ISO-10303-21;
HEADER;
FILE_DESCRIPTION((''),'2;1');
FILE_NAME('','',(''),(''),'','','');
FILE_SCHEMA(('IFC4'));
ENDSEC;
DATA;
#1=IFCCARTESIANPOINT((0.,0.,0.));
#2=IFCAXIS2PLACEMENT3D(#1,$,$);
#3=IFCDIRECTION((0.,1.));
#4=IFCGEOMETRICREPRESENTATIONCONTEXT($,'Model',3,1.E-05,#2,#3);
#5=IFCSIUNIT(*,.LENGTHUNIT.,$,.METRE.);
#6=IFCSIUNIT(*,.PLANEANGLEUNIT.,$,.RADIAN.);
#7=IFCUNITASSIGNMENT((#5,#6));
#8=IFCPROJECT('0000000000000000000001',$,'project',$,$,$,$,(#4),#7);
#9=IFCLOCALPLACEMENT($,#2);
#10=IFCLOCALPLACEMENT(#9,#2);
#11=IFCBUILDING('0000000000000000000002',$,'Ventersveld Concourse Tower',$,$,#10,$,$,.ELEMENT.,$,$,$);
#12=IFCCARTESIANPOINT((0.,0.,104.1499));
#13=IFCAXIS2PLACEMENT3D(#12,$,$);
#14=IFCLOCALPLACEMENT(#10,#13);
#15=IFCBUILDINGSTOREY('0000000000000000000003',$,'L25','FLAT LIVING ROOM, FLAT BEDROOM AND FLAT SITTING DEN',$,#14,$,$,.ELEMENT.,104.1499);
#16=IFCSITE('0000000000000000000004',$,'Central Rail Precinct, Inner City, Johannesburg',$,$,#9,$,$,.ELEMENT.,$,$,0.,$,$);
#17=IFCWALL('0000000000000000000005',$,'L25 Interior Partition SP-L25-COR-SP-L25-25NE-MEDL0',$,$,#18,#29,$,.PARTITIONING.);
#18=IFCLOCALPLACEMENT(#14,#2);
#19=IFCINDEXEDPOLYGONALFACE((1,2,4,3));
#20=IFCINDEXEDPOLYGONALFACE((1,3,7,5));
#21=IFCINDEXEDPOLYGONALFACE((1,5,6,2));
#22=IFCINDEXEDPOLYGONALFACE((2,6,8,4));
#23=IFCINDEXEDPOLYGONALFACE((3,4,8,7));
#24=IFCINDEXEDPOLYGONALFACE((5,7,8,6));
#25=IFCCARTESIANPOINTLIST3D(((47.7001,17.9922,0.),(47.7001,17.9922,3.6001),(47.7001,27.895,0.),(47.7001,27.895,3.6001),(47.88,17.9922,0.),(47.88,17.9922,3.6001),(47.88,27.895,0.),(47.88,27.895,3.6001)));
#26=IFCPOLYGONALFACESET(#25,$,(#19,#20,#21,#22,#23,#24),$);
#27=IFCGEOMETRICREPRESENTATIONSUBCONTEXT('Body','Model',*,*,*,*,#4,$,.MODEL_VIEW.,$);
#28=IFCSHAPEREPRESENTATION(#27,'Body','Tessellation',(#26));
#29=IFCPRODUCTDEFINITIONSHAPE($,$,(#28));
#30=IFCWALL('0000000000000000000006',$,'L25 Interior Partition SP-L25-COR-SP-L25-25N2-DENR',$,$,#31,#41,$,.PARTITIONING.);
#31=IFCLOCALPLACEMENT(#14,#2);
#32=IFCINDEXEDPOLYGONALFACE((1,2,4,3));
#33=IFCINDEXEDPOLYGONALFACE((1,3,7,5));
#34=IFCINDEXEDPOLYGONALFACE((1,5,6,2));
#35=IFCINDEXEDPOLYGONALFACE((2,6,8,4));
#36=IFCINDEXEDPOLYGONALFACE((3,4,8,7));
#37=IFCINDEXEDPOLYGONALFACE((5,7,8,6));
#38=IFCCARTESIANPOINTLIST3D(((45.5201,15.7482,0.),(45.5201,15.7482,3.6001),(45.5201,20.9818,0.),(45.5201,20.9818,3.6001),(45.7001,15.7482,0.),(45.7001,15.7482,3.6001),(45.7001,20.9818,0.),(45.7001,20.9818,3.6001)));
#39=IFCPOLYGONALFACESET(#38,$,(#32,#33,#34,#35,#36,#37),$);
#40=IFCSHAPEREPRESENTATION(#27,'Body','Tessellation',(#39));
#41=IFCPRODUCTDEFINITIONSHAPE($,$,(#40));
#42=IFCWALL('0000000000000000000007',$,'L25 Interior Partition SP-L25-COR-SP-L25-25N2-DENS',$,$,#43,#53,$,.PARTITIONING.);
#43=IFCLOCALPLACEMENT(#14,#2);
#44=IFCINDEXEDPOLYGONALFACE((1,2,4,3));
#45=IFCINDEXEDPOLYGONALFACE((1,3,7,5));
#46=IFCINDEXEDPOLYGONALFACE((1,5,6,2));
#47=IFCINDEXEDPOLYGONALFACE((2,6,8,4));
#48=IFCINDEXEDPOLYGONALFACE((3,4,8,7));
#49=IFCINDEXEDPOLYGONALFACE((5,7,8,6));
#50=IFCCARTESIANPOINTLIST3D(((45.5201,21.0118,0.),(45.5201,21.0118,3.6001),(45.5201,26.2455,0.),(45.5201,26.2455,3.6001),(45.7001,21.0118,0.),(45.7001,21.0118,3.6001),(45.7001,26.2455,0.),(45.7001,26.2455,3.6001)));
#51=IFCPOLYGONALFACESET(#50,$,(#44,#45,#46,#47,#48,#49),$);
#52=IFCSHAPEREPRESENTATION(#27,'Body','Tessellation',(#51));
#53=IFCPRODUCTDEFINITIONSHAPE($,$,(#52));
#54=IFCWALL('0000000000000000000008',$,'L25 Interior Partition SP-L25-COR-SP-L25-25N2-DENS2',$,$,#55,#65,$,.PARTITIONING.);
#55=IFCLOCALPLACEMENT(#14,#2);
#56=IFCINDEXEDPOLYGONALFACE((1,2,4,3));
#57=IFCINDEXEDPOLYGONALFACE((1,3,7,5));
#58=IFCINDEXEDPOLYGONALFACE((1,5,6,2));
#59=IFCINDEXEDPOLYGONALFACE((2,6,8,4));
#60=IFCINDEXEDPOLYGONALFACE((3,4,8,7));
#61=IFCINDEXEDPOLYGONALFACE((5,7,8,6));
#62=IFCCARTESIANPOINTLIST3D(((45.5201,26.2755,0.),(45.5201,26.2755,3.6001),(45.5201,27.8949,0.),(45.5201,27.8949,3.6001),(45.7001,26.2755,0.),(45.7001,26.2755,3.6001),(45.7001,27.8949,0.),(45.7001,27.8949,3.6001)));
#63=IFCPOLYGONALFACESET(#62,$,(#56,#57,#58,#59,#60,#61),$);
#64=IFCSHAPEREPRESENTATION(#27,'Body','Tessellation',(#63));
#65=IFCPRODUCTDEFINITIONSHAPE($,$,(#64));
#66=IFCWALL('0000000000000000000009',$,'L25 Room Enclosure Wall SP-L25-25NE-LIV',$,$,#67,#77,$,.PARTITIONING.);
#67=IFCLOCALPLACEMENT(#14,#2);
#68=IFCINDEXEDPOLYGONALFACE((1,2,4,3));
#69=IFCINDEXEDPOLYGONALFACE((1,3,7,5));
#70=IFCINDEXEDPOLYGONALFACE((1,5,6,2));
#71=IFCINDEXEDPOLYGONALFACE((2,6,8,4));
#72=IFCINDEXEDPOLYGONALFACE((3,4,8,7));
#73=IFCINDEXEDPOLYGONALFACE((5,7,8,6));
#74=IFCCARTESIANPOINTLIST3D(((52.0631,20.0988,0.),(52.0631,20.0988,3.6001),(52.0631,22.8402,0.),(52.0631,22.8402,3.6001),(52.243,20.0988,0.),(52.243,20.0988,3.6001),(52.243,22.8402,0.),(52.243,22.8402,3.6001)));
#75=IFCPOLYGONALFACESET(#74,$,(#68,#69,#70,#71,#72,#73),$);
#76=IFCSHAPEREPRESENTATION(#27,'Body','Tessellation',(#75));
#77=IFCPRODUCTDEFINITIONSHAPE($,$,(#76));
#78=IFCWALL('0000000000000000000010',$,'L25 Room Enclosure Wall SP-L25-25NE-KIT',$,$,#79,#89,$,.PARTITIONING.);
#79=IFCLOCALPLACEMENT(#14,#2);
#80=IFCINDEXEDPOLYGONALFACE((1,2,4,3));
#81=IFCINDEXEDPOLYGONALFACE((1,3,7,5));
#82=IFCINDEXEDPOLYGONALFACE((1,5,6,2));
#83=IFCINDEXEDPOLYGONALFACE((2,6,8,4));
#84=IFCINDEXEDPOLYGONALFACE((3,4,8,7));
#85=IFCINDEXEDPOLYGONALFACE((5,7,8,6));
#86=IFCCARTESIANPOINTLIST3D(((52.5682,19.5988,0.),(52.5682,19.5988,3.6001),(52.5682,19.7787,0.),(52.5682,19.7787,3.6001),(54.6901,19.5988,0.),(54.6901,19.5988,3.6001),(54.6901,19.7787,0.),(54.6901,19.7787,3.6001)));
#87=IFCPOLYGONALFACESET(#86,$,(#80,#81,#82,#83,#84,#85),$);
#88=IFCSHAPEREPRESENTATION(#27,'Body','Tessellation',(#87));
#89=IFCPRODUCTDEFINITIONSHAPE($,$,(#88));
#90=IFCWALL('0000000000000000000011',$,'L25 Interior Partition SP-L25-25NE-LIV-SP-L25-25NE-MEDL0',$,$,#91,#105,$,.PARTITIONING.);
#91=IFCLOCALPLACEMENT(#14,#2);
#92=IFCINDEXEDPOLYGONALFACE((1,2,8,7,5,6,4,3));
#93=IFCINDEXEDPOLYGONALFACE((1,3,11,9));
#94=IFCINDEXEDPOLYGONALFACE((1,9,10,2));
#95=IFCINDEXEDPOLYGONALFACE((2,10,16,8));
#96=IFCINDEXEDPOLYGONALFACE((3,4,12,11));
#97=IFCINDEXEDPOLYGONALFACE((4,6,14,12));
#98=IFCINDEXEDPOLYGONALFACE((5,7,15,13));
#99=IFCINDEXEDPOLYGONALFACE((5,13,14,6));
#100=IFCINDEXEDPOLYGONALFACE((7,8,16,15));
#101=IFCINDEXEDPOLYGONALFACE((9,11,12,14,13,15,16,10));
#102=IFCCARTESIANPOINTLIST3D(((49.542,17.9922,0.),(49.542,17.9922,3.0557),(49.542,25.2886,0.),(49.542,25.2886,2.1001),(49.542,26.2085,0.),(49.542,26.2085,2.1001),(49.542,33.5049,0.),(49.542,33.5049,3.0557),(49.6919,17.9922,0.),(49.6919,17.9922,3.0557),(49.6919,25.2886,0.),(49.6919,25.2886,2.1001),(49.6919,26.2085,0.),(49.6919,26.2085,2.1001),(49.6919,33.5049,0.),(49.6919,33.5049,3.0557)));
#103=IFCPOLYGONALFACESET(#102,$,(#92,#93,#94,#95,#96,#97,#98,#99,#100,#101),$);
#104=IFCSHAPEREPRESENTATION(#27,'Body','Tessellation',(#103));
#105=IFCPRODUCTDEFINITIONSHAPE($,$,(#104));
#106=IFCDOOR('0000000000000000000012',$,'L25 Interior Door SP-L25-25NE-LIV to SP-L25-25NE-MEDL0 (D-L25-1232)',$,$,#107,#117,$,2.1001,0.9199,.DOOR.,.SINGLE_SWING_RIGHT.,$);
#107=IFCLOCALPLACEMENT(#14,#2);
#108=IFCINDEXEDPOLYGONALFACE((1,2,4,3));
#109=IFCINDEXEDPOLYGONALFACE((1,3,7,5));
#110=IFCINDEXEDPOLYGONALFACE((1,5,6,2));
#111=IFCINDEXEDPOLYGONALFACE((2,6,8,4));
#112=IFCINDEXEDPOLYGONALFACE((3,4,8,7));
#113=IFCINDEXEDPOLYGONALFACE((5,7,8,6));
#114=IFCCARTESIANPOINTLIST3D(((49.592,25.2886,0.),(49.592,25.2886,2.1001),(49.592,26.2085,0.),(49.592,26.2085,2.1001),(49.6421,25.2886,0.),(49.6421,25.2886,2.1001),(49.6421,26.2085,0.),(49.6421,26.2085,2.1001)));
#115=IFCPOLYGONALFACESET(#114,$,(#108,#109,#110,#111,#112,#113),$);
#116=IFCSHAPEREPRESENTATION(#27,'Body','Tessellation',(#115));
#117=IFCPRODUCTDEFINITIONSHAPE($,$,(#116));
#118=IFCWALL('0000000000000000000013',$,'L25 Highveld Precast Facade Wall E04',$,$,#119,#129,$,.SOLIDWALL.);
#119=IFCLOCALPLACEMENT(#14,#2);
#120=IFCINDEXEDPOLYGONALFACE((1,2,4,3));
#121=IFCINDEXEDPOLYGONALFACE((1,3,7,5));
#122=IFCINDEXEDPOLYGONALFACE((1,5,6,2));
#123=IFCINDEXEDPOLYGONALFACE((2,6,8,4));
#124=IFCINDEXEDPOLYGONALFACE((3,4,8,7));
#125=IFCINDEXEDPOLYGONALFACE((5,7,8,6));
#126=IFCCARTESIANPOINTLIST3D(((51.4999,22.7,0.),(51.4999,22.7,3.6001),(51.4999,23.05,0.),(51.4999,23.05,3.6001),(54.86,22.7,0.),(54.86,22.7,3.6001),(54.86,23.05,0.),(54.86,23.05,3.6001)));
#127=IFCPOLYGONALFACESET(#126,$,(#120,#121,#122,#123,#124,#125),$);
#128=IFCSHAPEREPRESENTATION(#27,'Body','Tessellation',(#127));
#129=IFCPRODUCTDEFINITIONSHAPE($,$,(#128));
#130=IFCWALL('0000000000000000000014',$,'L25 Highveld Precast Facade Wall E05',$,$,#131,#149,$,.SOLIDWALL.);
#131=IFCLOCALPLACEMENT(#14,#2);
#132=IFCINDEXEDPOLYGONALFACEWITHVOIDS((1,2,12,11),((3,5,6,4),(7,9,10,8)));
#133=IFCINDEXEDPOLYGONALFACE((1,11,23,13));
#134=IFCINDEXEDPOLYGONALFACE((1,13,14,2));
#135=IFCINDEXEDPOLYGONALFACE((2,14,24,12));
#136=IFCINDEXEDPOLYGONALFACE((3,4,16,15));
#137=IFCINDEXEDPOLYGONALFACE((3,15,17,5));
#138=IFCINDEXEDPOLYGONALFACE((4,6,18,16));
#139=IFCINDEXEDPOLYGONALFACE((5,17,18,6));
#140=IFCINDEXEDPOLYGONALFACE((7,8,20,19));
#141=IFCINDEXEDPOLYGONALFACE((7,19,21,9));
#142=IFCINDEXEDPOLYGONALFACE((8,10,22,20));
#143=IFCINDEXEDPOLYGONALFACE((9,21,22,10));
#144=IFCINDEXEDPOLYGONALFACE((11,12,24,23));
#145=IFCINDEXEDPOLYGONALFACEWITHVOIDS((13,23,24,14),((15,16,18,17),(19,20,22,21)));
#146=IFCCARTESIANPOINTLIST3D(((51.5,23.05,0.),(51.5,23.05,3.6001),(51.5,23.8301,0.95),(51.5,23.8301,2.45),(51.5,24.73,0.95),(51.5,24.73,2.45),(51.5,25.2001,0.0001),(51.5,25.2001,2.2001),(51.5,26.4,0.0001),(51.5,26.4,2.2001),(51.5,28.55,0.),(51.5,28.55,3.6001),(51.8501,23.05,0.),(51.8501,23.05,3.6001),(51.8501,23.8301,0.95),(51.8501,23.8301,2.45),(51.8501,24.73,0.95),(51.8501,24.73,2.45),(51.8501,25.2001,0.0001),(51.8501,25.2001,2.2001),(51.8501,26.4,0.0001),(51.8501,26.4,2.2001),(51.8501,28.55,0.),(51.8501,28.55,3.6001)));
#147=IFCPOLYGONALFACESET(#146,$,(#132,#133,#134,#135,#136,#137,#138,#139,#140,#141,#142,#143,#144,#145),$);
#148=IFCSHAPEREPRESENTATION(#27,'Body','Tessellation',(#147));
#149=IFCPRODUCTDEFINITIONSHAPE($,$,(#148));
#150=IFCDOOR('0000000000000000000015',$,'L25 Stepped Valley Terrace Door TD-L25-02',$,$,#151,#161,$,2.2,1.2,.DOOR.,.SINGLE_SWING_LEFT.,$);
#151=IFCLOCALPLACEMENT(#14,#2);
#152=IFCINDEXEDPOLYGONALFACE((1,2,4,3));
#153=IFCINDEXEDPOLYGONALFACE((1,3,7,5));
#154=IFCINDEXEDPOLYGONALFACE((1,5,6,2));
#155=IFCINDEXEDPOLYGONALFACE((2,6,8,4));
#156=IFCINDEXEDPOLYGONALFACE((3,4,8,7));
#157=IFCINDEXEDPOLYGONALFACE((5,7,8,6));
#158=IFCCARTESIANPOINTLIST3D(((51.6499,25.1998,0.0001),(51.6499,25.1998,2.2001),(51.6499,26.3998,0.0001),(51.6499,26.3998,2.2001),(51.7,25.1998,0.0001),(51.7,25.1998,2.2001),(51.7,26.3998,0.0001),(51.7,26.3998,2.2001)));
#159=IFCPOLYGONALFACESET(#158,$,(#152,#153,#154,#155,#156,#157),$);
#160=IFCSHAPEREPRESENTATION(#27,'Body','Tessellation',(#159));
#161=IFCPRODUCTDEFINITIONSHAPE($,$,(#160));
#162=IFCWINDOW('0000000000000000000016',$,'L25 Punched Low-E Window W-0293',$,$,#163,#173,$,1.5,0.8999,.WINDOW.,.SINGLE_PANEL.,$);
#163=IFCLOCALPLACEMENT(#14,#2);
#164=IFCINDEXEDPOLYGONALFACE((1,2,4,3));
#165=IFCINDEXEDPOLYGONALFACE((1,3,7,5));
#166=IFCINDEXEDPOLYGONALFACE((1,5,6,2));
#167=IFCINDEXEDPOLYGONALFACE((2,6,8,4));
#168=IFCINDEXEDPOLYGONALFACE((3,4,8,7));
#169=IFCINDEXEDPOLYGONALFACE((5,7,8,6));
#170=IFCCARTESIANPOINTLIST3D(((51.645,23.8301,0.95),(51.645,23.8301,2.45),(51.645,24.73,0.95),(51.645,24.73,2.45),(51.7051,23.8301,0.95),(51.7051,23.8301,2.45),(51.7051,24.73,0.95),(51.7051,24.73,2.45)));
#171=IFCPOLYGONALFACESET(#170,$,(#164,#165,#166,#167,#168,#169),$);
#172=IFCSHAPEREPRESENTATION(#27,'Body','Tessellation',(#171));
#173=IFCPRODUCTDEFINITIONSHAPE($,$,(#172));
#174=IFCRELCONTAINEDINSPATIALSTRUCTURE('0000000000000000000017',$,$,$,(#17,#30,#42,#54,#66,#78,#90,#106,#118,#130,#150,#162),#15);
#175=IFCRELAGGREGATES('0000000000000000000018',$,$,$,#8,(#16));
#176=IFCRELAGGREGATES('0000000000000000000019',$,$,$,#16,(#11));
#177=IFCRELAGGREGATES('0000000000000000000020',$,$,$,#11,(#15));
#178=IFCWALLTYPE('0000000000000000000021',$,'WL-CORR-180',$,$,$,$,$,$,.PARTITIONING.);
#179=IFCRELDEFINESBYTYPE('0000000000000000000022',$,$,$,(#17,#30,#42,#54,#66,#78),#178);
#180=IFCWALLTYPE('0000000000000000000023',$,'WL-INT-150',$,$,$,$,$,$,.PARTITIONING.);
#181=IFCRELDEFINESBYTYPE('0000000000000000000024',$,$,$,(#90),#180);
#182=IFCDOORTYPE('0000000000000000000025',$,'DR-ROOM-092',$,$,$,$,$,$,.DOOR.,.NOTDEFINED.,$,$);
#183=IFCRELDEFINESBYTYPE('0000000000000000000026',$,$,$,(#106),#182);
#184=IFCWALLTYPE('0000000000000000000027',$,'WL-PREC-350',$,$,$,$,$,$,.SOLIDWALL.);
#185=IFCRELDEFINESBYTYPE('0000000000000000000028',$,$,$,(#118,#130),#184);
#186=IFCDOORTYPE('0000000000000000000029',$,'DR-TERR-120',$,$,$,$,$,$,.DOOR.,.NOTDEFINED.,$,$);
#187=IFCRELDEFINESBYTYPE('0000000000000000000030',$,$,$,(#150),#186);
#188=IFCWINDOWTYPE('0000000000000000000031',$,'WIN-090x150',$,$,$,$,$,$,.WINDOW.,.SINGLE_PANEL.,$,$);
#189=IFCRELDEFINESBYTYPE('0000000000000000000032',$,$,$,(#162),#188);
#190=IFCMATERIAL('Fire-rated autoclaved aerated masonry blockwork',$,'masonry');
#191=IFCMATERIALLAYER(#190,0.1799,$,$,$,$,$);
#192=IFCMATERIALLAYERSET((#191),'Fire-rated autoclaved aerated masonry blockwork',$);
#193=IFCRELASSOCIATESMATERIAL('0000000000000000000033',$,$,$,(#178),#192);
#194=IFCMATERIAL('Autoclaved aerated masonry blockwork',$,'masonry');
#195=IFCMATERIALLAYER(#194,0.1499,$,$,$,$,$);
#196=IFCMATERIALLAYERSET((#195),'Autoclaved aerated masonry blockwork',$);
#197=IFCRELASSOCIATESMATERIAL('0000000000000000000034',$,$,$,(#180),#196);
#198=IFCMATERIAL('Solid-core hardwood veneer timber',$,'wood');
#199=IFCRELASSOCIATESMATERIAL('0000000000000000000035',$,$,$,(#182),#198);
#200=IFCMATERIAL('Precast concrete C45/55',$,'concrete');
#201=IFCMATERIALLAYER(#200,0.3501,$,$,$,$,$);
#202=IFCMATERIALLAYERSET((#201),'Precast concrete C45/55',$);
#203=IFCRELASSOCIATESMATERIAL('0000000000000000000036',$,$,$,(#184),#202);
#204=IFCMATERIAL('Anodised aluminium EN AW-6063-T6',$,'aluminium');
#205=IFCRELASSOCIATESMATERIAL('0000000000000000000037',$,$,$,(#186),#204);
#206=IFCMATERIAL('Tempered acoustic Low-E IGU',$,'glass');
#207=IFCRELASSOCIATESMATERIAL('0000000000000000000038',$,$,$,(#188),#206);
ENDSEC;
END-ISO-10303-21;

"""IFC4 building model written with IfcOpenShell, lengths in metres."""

from ifc_helpers import new_model, si_unit, direction, frame, frame_2d, origin, place, context, subcontext, project, spatial, rectangle, extrude, material, layer, layer_set, type_object, element, fill, save


model = new_model("IFC4")

# Units and contexts
model_context = context("Model", 3, precision=1e-05, world=origin(), true_north=direction((0.0, 1.0)))
body_context = subcontext(model_context, "Body", "Model", "MODEL_VIEW")
ifc_project = project(units=[si_unit("LENGTHUNIT", "METRE"), si_unit("PLANEANGLEUNIT", "RADIAN")], contexts=[model_context])

# Site, building, storey
site_placement = place(None, origin())
site = spatial("IfcSite", under=ifc_project, at=site_placement, Name="Central Rail Precinct, Inner City, Johannesburg", CompositionType="ELEMENT", RefElevation=0.0)
building_placement = place(site_placement, origin())
building = spatial("IfcBuilding", under=site, at=building_placement, Name="Ventersveld Concourse Tower", CompositionType="ELEMENT")
storey_placement = place(building_placement, frame((0.0, 0.0, 104.1499)))
storey = spatial("IfcBuildingStorey", under=building, at=storey_placement, Name="L25", Description="FLAT LIVING ROOM, FLAT BEDROOM AND FLAT SITTING DEN", CompositionType="ELEMENT", Elevation=104.1499)

# Walls
ifc_material_1 = material(Name="Fire-rated autoclaved aerated masonry blockwork", Category="masonry")
ifc_layer_1 = layer(ifc_material_1, 0.1799)
ifc_layer_set_1 = layer_set([ifc_layer_1], Name="Fire-rated autoclaved aerated masonry blockwork")
wall_type_1 = type_object("IfcWallType", Name="WL-CORR-180", PredefinedType="PARTITIONING", material=ifc_layer_set_1)
wall_1_placement = place(storey_placement, frame((47.79, 17.9922, 0.0), z_axis=(0.0, 0.0, 1.0), x_axis=(0.0, 1.0, 0.0)))
element("IfcWall", 1, at=wall_1_placement, inside=storey, type_object=wall_type_1, Name="L25 Interior Partition SP-L25-COR-SP-L25-25NE-MEDL0", PredefinedType="PARTITIONING", context=body_context, shape_type="SweptSolid", body=[
    extrude(rectangle(XDim=9.9028, YDim=0.1799, at=frame_2d((4.9514, 0.0))), origin(), (0.0, 0.0, 1.0), 3.6001),
])
for number, where, z_axis, x_axis, name in (
    (2, (45.6101, 15.7483, 0.0), (0.0, 0.0, 1.0), (0.0, 1.0, 0.0), "L25 Interior Partition SP-L25-COR-SP-L25-25N2-DENR"),
    (3, (45.6101, 21.012, 0.0), (0.0, 0.0, 1.0), (0.0, 1.0, 0.0), "L25 Interior Partition SP-L25-COR-SP-L25-25N2-DENS"),
):
    element("IfcWall", number, at=place(storey_placement, frame(where, z_axis=z_axis, x_axis=x_axis)), inside=storey, type_object=wall_type_1, Name=name, PredefinedType="PARTITIONING", context=body_context, shape_type="SweptSolid", body=[
        extrude(rectangle(XDim=5.2336, YDim=0.1799, at=frame_2d((2.6167, 0.0))), origin(), (0.0, 0.0, 1.0), 3.6001),
    ])
wall_2_placement = place(storey_placement, frame((45.6101, 26.2756, 0.0), z_axis=(0.0, 0.0, 1.0), x_axis=(0.0, 1.0, 0.0)))
element("IfcWall", 4, at=wall_2_placement, inside=storey, type_object=wall_type_1, Name="L25 Interior Partition SP-L25-COR-SP-L25-25N2-DENS2", PredefinedType="PARTITIONING", context=body_context, shape_type="SweptSolid", body=[
    extrude(rectangle(XDim=1.6194, YDim=0.1799, at=frame_2d((0.8096, 0.0))), origin(), (0.0, 0.0, 1.0), 3.6001),
])
wall_3_placement = place(storey_placement, frame((52.1531, 22.8401, 0.0), z_axis=(0.0, 0.0, 1.0), x_axis=(0.0, -1.0, 0.0)))
element("IfcWall", 5, at=wall_3_placement, inside=storey, type_object=wall_type_1, Name="L25 Room Enclosure Wall SP-L25-25NE-LIV", PredefinedType="PARTITIONING", context=body_context, shape_type="SweptSolid", body=[
    extrude(rectangle(XDim=2.7415, YDim=0.1799, at=frame_2d((1.3706, 0.0))), origin(), (0.0, 0.0, 1.0), 3.6001),
])
wall_4_placement = place(storey_placement, frame((52.5681, 19.6887, 0.0), z_axis=(0.0, 0.0, 1.0), x_axis=(1.0, 0.0, 0.0)))
element("IfcWall", 6, at=wall_4_placement, inside=storey, type_object=wall_type_1, Name="L25 Room Enclosure Wall SP-L25-25NE-KIT", PredefinedType="PARTITIONING", context=body_context, shape_type="SweptSolid", body=[
    extrude(rectangle(XDim=2.1218, YDim=0.1799, at=frame_2d((1.061, 0.0))), origin(), (0.0, 0.0, 1.0), 3.6001),
])

# Wall, opening, door
ifc_material_2 = material(Name="Autoclaved aerated masonry blockwork", Category="masonry")
ifc_layer_2 = layer(ifc_material_2, 0.1499)
ifc_layer_set_2 = layer_set([ifc_layer_2], Name="Autoclaved aerated masonry blockwork")
wall_type_2 = type_object("IfcWallType", Name="WL-INT-150", PredefinedType="PARTITIONING", material=ifc_layer_set_2)
wall_5_placement = place(storey_placement, frame((49.6169, 17.9922, 0.0), z_axis=(0.0, 0.0, 1.0), x_axis=(0.0, 1.0, 0.0)))
wall_5 = element("IfcWall", 7, at=wall_5_placement, inside=storey, type_object=wall_type_2, Name="L25 Interior Partition SP-L25-25NE-LIV-SP-L25-25NE-MEDL0", PredefinedType="PARTITIONING", context=body_context, shape_type="SweptSolid", body=[
    extrude(rectangle(XDim=15.5127, YDim=0.1499, at=frame_2d((7.7563, 0.0))), origin(), (0.0, 0.0, 1.0), 3.0557),
])
opening_1_placement = place(wall_5_placement, frame((7.2964, 0.0, 0.0)))
opening_1 = element("IfcOpeningElement", 8, at=opening_1_placement, cuts=wall_5, PredefinedType="OPENING", context=body_context, shape_type="SweptSolid", body=[
    extrude(rectangle(XDim=0.9199, YDim=2.1001, at=frame_2d((0.46, 1.05))), frame((0.0, 0.085, 0.0), z_axis=(0.0, -1.0, 0.0), x_axis=(1.0, 0.0, 0.0)), (0.0, 0.0, 1.0), 0.1699),
])
ifc_material_3 = material(Name="Solid-core hardwood veneer timber", Category="wood")
door_type_1 = type_object("IfcDoorType", Name="DR-ROOM-092", OperationType="NOTDEFINED", PredefinedType="DOOR", material=ifc_material_3)
door_1_placement = place(opening_1_placement, origin())
door_1 = element("IfcDoor", 9, at=door_1_placement, inside=storey, type_object=door_type_1, Name="L25 Interior Door SP-L25-25NE-LIV to SP-L25-25NE-MEDL0 (D-L25-1232)", OperationType="SINGLE_SWING_RIGHT", OverallHeight=2.1001, OverallWidth=0.9199, PredefinedType="DOOR", context=body_context, shape_type="SweptSolid", body=[
    extrude(rectangle(XDim=0.9199, YDim=2.1001, at=frame_2d((0.46, 1.05))), frame((0.0, 0.0249, 0.0), z_axis=(0.0, -1.0, 0.0), x_axis=(1.0, 0.0, 0.0)), (0.0, 0.0, 1.0), 0.05),
])
fill(opening_1, door_1)

# Wall
ifc_material_4 = material(Name="Precast concrete C45/55", Category="concrete")
ifc_layer_3 = layer(ifc_material_4, 0.3501)
ifc_layer_set_3 = layer_set([ifc_layer_3], Name="Precast concrete C45/55")
wall_type_3 = type_object("IfcWallType", Name="WL-PREC-350", PredefinedType="SOLIDWALL", material=ifc_layer_set_3)
wall_6_placement = place(storey_placement, frame((54.8601, 22.875, 0.0), z_axis=(0.0, 0.0, 1.0), x_axis=(-1.0, 0.0, 0.0)))
element("IfcWall", 10, at=wall_6_placement, inside=storey, type_object=wall_type_3, Name="L25 Highveld Precast Facade Wall E04", PredefinedType="SOLIDWALL", context=body_context, shape_type="SweptSolid", body=[
    extrude(rectangle(XDim=3.3601, YDim=0.3501, at=frame_2d((1.6802, 0.0))), origin(), (0.0, 0.0, 1.0), 3.6001),
])

# Wall, openings, door, window
wall_7_placement = place(storey_placement, frame((51.675, 23.05, 0.0), z_axis=(0.0, 0.0, 1.0), x_axis=(0.0, 1.0, 0.0)))
wall_7 = element("IfcWall", 11, at=wall_7_placement, inside=storey, type_object=wall_type_3, Name="L25 Highveld Precast Facade Wall E05", PredefinedType="SOLIDWALL", context=body_context, shape_type="SweptSolid", body=[
    extrude(rectangle(XDim=5.5, YDim=0.3501, at=frame_2d((2.75, 0.0))), origin(), (0.0, 0.0, 1.0), 3.6001),
])
opening_2_placement = place(wall_7_placement, frame((2.1499, 0.0, 0.0)))
opening_2 = element("IfcOpeningElement", 12, at=opening_2_placement, cuts=wall_7, PredefinedType="OPENING", context=body_context, shape_type="SweptSolid", body=[
    extrude(rectangle(XDim=1.2, YDim=2.2, at=frame_2d((0.6001, 1.1001))), frame((0.0, 0.1851, 0.0), z_axis=(0.0, -1.0, 0.0), x_axis=(1.0, 0.0, 0.0)), (0.0, 0.0, 1.0), 0.3701),
])
opening_3_placement = place(wall_7_placement, frame((0.78, 0.0, 0.95)))
opening_3 = element("IfcOpeningElement", 13, at=opening_3_placement, cuts=wall_7, PredefinedType="OPENING", context=body_context, shape_type="SweptSolid", body=[
    extrude(rectangle(XDim=0.8999, YDim=1.5, at=frame_2d((0.45, 0.75))), frame((0.0, 0.1851, 0.0), z_axis=(0.0, -1.0, 0.0), x_axis=(1.0, 0.0, 0.0)), (0.0, 0.0, 1.0), 0.3701),
])
ifc_material_5 = material(Name="Anodised aluminium EN AW-6063-T6", Category="aluminium")
door_type_2 = type_object("IfcDoorType", Name="DR-TERR-120", OperationType="NOTDEFINED", PredefinedType="DOOR", material=ifc_material_5)
door_2_placement = place(opening_2_placement, frame((1.2, 0.0, 0.0), z_axis=(0.0, 0.0, 1.0), x_axis=(-1.0, 0.0, 0.0)))
door_2 = element("IfcDoor", 14, at=door_2_placement, inside=storey, type_object=door_type_2, Name="L25 Stepped Valley Terrace Door TD-L25-02", OperationType="SINGLE_SWING_LEFT", OverallHeight=2.2, OverallWidth=1.2, PredefinedType="DOOR", context=body_context, shape_type="SweptSolid", body=[
    extrude(rectangle(XDim=1.2, YDim=2.2, at=frame_2d((0.6001, 1.1001))), frame((0.0, 0.0249, 0.0), z_axis=(0.0, -1.0, 0.0), x_axis=(1.0, 0.0, 0.0)), (0.0, 0.0, 1.0), 0.05),
])
fill(opening_2, door_2)
ifc_material_6 = material(Name="Tempered acoustic Low-E IGU", Category="glass")
window_type = type_object("IfcWindowType", Name="WIN-090x150", PartitioningType="SINGLE_PANEL", PredefinedType="WINDOW", material=ifc_material_6)
window_placement = place(opening_3_placement, origin())
window = element("IfcWindow", 15, at=window_placement, inside=storey, type_object=window_type, Name="L25 Punched Low-E Window W-0293", OverallHeight=1.5, OverallWidth=0.8999, PartitioningType="SINGLE_PANEL", PredefinedType="WINDOW", context=body_context, shape_type="SweptSolid", body=[
    extrude(rectangle(XDim=0.8999, YDim=1.5, at=frame_2d((0.45, 0.75))), frame((0.0, 0.03, 0.0), z_axis=(0.0, -1.0, 0.0), x_axis=(1.0, 0.0, 0.0)), (0.0, 0.0, 1.0), 0.0601),
])
fill(opening_3, window)

save(model, "model.ifc")
